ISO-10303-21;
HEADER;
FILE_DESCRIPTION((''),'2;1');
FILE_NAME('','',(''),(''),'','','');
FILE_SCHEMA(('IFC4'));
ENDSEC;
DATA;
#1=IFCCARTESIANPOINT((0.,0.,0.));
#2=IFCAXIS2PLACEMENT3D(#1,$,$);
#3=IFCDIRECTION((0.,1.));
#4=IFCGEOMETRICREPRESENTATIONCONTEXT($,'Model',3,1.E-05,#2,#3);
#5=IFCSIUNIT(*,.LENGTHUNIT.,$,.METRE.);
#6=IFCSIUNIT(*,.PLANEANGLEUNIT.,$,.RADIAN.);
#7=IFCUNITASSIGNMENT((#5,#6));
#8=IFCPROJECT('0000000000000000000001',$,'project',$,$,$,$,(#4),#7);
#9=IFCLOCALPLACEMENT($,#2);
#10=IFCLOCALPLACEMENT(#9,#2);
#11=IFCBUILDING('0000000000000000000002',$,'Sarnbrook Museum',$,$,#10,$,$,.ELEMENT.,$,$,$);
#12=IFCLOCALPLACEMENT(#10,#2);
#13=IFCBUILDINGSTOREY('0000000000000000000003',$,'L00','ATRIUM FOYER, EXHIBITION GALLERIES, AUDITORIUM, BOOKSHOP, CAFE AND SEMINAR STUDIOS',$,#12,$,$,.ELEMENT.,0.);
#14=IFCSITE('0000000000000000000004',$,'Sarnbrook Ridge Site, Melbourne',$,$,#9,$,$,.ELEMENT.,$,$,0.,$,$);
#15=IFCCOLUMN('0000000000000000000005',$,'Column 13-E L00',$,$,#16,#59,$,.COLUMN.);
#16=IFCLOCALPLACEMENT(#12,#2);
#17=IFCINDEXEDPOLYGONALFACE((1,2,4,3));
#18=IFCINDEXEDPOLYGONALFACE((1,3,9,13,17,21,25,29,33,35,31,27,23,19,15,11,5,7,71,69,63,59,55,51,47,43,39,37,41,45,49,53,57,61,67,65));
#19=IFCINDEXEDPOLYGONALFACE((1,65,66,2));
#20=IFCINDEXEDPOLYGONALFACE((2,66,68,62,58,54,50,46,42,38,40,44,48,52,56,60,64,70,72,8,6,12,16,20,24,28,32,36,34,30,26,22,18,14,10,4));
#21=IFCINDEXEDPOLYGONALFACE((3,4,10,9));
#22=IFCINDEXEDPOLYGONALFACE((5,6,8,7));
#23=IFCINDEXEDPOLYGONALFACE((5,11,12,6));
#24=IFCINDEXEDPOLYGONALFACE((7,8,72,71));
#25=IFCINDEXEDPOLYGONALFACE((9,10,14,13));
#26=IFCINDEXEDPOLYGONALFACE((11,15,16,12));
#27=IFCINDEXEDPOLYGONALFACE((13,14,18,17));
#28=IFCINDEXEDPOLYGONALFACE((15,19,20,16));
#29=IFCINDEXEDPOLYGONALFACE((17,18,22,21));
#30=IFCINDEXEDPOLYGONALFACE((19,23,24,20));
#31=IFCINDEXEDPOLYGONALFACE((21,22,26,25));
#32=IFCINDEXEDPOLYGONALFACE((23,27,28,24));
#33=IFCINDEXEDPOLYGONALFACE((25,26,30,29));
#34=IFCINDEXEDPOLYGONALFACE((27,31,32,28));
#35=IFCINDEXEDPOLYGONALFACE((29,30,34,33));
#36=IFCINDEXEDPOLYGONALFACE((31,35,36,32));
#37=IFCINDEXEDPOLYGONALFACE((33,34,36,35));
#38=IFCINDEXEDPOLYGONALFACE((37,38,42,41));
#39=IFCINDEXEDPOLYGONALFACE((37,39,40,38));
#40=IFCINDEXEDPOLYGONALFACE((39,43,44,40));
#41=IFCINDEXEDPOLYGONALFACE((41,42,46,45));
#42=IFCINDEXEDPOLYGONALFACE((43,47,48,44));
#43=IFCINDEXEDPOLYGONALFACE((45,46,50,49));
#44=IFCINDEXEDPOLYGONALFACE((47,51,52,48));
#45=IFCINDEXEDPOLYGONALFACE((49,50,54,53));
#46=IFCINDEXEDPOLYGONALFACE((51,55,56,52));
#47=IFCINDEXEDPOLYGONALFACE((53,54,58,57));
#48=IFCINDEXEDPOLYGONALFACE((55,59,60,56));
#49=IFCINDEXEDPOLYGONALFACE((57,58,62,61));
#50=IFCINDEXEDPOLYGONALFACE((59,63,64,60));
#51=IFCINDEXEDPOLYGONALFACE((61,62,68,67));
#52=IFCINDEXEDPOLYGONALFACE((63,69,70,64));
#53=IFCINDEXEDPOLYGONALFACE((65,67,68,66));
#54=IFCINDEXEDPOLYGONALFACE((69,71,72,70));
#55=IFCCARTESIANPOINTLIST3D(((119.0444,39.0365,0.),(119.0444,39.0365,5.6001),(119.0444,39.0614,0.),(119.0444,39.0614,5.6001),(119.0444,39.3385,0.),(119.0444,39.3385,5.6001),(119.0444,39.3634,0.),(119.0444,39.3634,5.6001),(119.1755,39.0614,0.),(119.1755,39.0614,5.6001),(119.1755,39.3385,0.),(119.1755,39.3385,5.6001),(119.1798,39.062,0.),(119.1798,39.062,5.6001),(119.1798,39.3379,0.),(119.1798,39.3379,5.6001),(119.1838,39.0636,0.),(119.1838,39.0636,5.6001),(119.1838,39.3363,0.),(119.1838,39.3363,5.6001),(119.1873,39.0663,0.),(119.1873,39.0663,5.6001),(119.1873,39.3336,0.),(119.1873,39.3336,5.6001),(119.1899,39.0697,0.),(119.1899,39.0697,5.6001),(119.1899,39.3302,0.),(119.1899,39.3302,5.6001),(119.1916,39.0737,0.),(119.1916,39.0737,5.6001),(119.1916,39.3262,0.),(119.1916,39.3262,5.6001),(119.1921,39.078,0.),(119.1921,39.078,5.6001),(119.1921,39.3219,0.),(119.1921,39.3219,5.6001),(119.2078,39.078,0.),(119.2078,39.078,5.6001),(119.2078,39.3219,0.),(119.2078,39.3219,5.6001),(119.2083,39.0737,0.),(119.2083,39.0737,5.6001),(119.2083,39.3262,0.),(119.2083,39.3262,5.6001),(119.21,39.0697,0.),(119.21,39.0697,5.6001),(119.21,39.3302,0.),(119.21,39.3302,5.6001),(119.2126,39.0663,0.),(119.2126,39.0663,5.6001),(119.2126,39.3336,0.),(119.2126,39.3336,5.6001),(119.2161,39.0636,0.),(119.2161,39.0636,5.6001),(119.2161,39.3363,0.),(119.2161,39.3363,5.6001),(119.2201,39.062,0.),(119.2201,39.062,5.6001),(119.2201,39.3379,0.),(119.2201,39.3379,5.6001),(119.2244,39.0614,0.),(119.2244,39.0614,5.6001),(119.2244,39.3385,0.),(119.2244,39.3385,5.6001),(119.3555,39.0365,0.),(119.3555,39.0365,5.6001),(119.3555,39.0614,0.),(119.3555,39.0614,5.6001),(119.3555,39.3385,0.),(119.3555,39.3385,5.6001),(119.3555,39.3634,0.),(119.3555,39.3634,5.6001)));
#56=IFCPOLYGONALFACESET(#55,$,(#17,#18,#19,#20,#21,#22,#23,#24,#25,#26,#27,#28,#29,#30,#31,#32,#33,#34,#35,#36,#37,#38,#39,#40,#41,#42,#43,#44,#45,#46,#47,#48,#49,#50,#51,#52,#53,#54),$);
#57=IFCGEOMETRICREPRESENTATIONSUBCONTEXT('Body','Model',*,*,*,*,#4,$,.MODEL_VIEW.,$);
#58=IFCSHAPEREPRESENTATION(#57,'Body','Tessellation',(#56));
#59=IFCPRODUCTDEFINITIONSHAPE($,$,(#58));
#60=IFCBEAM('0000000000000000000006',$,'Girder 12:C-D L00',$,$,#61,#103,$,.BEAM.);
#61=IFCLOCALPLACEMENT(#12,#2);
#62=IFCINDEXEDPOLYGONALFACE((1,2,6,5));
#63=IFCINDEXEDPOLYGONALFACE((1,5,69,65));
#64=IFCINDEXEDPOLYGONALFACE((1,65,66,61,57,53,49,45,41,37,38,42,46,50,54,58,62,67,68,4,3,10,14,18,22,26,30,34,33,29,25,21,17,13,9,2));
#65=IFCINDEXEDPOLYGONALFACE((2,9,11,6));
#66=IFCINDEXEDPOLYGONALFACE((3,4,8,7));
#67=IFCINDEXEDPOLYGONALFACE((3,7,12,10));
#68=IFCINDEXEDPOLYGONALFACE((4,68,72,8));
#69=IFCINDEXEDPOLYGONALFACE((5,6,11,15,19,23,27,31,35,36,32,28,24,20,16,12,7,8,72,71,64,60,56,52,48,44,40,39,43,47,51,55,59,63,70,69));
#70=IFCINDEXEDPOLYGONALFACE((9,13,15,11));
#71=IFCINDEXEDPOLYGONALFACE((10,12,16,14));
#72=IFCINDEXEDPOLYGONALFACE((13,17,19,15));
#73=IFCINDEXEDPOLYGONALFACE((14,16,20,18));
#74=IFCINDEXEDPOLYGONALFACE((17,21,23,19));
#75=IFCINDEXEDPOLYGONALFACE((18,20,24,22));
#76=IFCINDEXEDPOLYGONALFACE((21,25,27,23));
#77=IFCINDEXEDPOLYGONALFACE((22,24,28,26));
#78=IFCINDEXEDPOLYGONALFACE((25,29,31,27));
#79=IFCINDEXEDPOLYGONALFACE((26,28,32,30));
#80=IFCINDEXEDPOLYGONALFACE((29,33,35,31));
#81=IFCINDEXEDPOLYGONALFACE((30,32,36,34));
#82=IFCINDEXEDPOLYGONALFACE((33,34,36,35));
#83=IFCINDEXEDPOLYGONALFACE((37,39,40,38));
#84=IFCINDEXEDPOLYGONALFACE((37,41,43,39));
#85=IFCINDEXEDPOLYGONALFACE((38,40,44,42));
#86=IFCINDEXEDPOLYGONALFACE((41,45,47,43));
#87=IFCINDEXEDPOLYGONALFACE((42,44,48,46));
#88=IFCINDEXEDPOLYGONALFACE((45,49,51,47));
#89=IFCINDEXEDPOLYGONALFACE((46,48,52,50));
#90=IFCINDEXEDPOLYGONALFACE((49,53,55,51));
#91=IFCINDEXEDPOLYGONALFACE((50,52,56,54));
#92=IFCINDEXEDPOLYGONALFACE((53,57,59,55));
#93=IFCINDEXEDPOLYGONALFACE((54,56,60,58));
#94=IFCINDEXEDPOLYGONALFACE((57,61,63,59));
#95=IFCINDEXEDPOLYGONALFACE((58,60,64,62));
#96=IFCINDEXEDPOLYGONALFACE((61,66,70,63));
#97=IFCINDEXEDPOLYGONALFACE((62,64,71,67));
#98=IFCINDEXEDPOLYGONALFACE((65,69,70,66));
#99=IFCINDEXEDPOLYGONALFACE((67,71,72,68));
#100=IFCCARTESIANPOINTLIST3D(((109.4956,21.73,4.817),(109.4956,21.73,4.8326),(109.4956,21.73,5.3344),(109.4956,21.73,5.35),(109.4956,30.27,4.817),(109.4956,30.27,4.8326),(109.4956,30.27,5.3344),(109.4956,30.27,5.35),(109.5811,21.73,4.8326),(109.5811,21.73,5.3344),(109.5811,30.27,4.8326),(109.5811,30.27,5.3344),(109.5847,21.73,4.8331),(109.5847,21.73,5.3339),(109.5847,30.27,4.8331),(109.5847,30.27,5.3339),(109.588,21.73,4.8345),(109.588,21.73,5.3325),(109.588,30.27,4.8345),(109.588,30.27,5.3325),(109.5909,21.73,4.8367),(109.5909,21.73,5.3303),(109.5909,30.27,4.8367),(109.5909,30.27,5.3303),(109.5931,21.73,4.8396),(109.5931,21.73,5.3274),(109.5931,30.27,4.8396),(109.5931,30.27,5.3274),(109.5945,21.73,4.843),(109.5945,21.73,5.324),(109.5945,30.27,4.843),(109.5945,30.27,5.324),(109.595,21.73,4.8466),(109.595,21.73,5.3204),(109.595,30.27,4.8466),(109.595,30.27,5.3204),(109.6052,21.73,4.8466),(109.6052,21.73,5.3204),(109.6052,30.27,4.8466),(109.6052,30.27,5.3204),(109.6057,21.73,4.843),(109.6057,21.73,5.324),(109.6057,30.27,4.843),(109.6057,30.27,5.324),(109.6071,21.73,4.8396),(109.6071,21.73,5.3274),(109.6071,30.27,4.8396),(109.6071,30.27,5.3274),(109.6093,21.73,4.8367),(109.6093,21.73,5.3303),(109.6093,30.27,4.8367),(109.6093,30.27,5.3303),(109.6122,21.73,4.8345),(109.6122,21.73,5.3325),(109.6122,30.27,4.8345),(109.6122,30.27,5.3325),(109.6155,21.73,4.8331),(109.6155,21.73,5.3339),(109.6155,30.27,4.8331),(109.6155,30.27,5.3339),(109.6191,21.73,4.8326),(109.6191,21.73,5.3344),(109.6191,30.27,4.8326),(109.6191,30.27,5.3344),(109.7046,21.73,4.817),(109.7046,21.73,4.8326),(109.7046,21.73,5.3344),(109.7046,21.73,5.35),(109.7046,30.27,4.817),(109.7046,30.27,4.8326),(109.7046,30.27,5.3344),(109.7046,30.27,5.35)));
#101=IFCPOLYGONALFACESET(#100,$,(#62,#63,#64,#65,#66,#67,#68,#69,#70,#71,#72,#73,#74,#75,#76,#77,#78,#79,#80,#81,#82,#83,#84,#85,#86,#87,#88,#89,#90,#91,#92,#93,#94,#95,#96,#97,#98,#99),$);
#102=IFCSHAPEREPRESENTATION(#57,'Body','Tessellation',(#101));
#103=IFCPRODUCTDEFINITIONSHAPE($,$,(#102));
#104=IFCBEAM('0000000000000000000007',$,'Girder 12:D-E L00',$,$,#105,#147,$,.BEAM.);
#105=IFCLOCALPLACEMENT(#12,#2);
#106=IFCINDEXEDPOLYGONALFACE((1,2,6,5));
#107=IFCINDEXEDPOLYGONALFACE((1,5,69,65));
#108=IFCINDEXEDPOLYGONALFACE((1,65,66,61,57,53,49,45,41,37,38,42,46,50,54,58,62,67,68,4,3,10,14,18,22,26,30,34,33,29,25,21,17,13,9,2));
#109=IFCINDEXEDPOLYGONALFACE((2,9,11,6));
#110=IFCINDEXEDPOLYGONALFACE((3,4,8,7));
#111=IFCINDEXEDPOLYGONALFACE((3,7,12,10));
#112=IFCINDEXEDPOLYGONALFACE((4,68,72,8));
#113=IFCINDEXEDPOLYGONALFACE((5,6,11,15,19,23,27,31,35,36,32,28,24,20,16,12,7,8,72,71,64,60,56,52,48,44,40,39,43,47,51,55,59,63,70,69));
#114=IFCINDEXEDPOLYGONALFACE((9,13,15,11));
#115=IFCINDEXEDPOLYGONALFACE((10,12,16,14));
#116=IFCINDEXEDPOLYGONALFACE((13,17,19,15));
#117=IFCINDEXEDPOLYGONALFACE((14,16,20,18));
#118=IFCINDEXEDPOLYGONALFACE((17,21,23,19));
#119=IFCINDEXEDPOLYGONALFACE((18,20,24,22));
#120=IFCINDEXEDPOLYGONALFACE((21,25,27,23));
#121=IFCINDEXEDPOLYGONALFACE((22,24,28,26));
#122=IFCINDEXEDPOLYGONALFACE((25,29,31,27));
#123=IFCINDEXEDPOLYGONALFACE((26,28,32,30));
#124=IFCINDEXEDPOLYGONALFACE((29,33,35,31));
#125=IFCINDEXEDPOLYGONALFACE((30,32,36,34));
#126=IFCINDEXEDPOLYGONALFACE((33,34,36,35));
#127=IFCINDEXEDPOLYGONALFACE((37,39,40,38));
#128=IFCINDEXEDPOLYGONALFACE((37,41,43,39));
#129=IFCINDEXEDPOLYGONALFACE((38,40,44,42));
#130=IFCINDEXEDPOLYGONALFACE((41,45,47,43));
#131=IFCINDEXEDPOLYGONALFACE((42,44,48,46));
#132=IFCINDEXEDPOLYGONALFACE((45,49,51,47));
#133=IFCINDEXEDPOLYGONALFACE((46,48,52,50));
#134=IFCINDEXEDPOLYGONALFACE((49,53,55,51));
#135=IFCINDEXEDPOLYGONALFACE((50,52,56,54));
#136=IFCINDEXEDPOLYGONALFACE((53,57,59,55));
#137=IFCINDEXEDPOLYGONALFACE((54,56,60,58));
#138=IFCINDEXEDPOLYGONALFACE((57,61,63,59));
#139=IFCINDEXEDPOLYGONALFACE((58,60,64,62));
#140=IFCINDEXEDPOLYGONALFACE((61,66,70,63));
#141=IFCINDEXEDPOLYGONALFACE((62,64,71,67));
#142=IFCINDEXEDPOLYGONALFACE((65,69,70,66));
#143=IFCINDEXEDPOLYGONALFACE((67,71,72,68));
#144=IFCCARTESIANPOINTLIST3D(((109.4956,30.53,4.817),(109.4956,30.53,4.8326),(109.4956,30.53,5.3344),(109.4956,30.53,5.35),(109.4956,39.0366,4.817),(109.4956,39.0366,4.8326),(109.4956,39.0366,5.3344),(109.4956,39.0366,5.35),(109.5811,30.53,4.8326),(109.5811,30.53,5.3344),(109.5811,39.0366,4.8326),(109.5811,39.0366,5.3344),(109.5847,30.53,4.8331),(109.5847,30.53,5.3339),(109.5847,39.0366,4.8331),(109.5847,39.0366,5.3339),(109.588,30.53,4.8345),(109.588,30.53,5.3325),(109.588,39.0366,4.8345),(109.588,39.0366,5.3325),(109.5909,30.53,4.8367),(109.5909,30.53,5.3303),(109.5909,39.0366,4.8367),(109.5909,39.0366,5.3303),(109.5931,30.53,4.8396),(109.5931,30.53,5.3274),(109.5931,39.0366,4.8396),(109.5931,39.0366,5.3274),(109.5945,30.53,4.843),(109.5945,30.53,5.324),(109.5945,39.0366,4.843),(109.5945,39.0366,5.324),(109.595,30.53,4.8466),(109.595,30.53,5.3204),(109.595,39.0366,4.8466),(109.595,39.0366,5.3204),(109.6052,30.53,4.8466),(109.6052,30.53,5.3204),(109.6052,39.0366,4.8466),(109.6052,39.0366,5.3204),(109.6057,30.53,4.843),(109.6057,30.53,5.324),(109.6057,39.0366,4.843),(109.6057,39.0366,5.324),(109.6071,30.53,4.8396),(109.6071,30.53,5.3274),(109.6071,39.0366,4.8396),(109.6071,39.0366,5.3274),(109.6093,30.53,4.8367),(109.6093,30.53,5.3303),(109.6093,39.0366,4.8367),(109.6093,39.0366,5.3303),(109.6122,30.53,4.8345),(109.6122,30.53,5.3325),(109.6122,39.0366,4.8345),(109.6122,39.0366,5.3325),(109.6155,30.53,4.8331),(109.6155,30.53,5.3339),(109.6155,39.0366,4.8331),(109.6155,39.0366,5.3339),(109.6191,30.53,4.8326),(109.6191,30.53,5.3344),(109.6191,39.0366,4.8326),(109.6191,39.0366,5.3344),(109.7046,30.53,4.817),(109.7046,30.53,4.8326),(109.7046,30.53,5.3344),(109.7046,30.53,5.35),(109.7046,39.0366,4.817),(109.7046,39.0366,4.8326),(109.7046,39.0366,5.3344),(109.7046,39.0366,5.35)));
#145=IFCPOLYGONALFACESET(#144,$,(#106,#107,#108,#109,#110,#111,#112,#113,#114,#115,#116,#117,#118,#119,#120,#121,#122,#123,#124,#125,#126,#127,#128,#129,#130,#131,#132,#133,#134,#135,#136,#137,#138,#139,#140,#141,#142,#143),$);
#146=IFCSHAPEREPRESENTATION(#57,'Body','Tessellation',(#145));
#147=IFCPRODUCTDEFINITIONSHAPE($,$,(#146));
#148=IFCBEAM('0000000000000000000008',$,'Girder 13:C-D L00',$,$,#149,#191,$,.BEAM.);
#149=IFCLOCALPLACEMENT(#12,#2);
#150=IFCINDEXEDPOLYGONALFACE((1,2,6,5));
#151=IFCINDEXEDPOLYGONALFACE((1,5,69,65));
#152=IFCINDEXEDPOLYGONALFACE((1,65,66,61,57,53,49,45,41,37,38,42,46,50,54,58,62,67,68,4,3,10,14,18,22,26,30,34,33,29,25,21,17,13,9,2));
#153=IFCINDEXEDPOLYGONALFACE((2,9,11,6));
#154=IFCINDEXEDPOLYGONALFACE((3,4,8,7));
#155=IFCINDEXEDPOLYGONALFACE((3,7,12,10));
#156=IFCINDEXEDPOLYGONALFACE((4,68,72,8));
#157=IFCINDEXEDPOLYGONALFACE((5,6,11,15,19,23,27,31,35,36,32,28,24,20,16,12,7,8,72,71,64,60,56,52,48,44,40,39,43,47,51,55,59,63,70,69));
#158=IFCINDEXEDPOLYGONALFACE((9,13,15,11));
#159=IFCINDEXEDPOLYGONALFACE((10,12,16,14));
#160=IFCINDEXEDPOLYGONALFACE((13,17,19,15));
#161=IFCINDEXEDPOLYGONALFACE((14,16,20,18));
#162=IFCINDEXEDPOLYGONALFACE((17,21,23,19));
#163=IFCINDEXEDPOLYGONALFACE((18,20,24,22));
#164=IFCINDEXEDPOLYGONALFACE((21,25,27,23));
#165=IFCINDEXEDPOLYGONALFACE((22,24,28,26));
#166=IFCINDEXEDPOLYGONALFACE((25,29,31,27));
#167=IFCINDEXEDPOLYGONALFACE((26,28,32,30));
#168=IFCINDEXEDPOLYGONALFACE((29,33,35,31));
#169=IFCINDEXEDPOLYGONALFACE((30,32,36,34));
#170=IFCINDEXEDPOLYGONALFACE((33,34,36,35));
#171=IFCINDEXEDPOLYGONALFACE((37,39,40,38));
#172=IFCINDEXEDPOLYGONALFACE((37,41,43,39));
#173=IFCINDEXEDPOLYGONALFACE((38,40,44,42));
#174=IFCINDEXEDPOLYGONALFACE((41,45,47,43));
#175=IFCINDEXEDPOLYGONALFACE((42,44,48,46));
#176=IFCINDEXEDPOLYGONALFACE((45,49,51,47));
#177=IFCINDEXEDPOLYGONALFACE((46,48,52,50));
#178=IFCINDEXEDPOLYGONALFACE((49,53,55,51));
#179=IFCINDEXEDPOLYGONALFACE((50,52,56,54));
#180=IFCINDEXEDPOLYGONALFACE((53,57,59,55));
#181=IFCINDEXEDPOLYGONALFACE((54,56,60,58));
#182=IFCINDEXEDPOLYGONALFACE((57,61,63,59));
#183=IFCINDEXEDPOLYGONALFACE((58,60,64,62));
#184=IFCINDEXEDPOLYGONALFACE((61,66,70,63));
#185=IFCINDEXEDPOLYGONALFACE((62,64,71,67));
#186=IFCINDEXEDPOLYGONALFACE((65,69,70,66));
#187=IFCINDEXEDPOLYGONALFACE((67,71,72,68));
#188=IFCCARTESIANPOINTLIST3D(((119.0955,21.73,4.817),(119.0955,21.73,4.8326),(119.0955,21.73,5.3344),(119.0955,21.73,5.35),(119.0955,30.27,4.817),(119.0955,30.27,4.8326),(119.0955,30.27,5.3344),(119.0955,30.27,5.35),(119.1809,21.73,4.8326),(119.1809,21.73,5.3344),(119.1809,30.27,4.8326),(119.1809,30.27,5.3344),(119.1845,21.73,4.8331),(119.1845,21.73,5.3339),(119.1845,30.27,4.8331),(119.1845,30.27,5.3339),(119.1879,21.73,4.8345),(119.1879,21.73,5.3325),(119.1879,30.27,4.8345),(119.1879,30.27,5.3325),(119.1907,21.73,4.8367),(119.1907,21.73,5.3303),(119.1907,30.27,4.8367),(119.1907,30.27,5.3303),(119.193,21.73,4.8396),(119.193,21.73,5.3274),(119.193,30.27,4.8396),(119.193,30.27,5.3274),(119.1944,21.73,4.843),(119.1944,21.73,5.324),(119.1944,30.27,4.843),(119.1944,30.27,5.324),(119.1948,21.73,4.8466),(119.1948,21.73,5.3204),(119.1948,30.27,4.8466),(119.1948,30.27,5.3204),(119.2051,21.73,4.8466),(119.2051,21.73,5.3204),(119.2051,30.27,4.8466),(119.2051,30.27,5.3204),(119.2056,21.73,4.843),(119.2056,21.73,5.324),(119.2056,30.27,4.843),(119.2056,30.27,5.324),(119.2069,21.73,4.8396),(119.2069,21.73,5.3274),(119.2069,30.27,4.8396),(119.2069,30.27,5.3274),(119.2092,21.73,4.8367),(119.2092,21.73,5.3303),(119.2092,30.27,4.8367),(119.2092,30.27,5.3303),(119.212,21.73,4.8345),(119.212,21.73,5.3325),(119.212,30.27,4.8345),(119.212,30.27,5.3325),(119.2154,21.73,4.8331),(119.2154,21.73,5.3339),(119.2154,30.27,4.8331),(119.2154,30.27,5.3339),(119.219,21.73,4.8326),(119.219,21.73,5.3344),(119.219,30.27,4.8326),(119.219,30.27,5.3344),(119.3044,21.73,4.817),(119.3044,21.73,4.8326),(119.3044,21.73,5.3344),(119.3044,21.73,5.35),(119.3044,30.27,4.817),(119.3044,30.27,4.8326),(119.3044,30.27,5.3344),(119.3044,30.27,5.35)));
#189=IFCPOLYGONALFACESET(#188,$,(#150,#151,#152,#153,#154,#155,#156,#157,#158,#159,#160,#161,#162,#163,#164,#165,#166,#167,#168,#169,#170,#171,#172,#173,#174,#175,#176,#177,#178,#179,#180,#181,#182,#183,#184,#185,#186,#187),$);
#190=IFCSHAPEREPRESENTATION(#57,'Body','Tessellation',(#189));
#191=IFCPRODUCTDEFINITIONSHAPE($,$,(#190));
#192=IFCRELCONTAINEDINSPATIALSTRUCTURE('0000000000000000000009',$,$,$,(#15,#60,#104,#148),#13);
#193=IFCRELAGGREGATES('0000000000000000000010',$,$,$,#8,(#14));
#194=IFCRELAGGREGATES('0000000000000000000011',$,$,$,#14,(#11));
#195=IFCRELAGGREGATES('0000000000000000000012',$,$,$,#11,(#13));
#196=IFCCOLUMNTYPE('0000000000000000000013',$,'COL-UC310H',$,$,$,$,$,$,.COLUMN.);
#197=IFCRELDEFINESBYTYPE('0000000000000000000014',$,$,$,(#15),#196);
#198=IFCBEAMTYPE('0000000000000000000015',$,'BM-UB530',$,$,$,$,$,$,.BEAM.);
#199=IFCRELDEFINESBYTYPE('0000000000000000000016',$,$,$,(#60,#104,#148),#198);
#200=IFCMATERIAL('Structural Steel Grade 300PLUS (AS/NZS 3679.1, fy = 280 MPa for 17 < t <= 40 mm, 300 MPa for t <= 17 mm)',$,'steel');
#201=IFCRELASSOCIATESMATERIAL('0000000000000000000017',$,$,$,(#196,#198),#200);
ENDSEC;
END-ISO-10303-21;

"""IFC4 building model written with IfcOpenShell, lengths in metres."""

from ifc_helpers import new_model, si_unit, direction, frame, origin, origin_2d, place, context, subcontext, project, spatial, i_section, extrude, material, material_profile, profile_set, type_object, element, save


model = new_model("IFC4")

# Units and contexts
model_context = context("Model", 3, precision=1e-05, world=origin(), true_north=direction((0.0, 1.0)))
body_context = subcontext(model_context, "Body", "Model", "MODEL_VIEW")
ifc_project = project(units=[si_unit("LENGTHUNIT", "METRE"), si_unit("PLANEANGLEUNIT", "RADIAN")], contexts=[model_context])

# Site, building, storey
site_placement = place(None, origin())
site = spatial("IfcSite", under=ifc_project, at=site_placement, Name="Sarnbrook Ridge Site, Melbourne", CompositionType="ELEMENT", RefElevation=0.0)
building_placement = place(site_placement, origin())
building = spatial("IfcBuilding", under=site, at=building_placement, Name="Sarnbrook Museum", CompositionType="ELEMENT")
storey_placement = place(building_placement, origin())
storey = spatial("IfcBuildingStorey", under=building, at=storey_placement, Name="L00", Description="ATRIUM FOYER, EXHIBITION GALLERIES, AUDITORIUM, BOOKSHOP, CAFE AND SEMINAR STUDIOS", CompositionType="ELEMENT", Elevation=0.0)

# Column
ifc_material_1 = material(Name="Structural Steel Grade 300PLUS (AS/NZS 3679.1, fy = 280 MPa for 17 < t <= 40 mm, 300 MPa for t <= 17 mm)", Category="steel")
ifc_material_profile_1 = material_profile(ifc_material_1, i_section(OverallWidth=0.311, OverallDepth=0.3269, WebThickness=0.0156, FlangeThickness=0.0249, FilletRadius=0.0166, at=origin_2d()), Name="310UC158")
ifc_profile_set_1 = profile_set([ifc_material_profile_1], Name="Structural Steel Grade 300PLUS (AS/NZS 3679.1, fy = 280 MPa for 17 < t <= 40 mm, 300 MPa for t <= 17 mm)")
column_type_1 = type_object("IfcColumnType", Name="COL-UC310H", PredefinedType="COLUMN", material=ifc_profile_set_1)
for number, where, z_axis, x_axis, name in (
    (1, (119.2, 39.2, 0.0), (0.0, 0.0, 1.0), (1.0, 0.0, 0.0), "Column 13-E L00"),
):
    element("IfcColumn", number, at=place(storey_placement, frame(where, z_axis=z_axis, x_axis=x_axis)), inside=storey, type_object=column_type_1, Name=name, PredefinedType="COLUMN", context=body_context, shape_type="SweptSolid", body=[
        extrude(i_section(OverallWidth=0.311, OverallDepth=0.3269, WebThickness=0.0156, FlangeThickness=0.0249, FilletRadius=0.0166, at=origin_2d()), origin(), (0.0, 0.0, 1.0), 5.6001),
    ])

# Beams
ifc_material_profile_2 = material_profile(ifc_material_1, i_section(OverallWidth=0.209, OverallDepth=0.533, WebThickness=0.0103, FlangeThickness=0.0156, FilletRadius=0.0139, at=origin_2d()), Name="530UB92.4")
ifc_profile_set_2 = profile_set([ifc_material_profile_2], Name="Structural Steel Grade 300PLUS (AS/NZS 3679.1, fy = 280 MPa for 17 < t <= 40 mm, 300 MPa for t <= 17 mm)")
beam_type_1 = type_object("IfcBeamType", Name="BM-UB530", PredefinedType="BEAM", material=ifc_profile_set_2)
beam_1_placement = place(storey_placement, frame((109.6001, 21.73, 5.0835), z_axis=(0.0, 1.0, 0.0), x_axis=(-1.0, 0.0, 0.0)))
element("IfcBeam", 2, at=beam_1_placement, inside=storey, type_object=beam_type_1, Name="Girder 12:C-D L00", PredefinedType="BEAM", context=body_context, shape_type="SweptSolid", body=[
    extrude(i_section(OverallWidth=0.209, OverallDepth=0.533, WebThickness=0.0103, FlangeThickness=0.0156, FilletRadius=0.0139, at=origin_2d()), origin(), (0.0, 0.0, 1.0), 8.54),
])
beam_2_placement = place(storey_placement, frame((109.6001, 30.53, 5.0835), z_axis=(0.0, 1.0, 0.0), x_axis=(-1.0, 0.0, 0.0)))
element("IfcBeam", 3, at=beam_2_placement, inside=storey, type_object=beam_type_1, Name="Girder 12:D-E L00", PredefinedType="BEAM", context=body_context, shape_type="SweptSolid", body=[
    extrude(i_section(OverallWidth=0.209, OverallDepth=0.533, WebThickness=0.0103, FlangeThickness=0.0156, FilletRadius=0.0139, at=origin_2d()), origin(), (0.0, 0.0, 1.0), 8.5066),
])
beam_3_placement = place(storey_placement, frame((119.2, 21.73, 5.0835), z_axis=(0.0, 1.0, 0.0), x_axis=(-1.0, 0.0, 0.0)))
element("IfcBeam", 4, at=beam_3_placement, inside=storey, type_object=beam_type_1, Name="Girder 13:C-D L00", PredefinedType="BEAM", context=body_context, shape_type="SweptSolid", body=[
    extrude(i_section(OverallWidth=0.209, OverallDepth=0.533, WebThickness=0.0103, FlangeThickness=0.0156, FilletRadius=0.0139, at=origin_2d()), origin(), (0.0, 0.0, 1.0), 8.54),
])

save(model, "model.ifc")
